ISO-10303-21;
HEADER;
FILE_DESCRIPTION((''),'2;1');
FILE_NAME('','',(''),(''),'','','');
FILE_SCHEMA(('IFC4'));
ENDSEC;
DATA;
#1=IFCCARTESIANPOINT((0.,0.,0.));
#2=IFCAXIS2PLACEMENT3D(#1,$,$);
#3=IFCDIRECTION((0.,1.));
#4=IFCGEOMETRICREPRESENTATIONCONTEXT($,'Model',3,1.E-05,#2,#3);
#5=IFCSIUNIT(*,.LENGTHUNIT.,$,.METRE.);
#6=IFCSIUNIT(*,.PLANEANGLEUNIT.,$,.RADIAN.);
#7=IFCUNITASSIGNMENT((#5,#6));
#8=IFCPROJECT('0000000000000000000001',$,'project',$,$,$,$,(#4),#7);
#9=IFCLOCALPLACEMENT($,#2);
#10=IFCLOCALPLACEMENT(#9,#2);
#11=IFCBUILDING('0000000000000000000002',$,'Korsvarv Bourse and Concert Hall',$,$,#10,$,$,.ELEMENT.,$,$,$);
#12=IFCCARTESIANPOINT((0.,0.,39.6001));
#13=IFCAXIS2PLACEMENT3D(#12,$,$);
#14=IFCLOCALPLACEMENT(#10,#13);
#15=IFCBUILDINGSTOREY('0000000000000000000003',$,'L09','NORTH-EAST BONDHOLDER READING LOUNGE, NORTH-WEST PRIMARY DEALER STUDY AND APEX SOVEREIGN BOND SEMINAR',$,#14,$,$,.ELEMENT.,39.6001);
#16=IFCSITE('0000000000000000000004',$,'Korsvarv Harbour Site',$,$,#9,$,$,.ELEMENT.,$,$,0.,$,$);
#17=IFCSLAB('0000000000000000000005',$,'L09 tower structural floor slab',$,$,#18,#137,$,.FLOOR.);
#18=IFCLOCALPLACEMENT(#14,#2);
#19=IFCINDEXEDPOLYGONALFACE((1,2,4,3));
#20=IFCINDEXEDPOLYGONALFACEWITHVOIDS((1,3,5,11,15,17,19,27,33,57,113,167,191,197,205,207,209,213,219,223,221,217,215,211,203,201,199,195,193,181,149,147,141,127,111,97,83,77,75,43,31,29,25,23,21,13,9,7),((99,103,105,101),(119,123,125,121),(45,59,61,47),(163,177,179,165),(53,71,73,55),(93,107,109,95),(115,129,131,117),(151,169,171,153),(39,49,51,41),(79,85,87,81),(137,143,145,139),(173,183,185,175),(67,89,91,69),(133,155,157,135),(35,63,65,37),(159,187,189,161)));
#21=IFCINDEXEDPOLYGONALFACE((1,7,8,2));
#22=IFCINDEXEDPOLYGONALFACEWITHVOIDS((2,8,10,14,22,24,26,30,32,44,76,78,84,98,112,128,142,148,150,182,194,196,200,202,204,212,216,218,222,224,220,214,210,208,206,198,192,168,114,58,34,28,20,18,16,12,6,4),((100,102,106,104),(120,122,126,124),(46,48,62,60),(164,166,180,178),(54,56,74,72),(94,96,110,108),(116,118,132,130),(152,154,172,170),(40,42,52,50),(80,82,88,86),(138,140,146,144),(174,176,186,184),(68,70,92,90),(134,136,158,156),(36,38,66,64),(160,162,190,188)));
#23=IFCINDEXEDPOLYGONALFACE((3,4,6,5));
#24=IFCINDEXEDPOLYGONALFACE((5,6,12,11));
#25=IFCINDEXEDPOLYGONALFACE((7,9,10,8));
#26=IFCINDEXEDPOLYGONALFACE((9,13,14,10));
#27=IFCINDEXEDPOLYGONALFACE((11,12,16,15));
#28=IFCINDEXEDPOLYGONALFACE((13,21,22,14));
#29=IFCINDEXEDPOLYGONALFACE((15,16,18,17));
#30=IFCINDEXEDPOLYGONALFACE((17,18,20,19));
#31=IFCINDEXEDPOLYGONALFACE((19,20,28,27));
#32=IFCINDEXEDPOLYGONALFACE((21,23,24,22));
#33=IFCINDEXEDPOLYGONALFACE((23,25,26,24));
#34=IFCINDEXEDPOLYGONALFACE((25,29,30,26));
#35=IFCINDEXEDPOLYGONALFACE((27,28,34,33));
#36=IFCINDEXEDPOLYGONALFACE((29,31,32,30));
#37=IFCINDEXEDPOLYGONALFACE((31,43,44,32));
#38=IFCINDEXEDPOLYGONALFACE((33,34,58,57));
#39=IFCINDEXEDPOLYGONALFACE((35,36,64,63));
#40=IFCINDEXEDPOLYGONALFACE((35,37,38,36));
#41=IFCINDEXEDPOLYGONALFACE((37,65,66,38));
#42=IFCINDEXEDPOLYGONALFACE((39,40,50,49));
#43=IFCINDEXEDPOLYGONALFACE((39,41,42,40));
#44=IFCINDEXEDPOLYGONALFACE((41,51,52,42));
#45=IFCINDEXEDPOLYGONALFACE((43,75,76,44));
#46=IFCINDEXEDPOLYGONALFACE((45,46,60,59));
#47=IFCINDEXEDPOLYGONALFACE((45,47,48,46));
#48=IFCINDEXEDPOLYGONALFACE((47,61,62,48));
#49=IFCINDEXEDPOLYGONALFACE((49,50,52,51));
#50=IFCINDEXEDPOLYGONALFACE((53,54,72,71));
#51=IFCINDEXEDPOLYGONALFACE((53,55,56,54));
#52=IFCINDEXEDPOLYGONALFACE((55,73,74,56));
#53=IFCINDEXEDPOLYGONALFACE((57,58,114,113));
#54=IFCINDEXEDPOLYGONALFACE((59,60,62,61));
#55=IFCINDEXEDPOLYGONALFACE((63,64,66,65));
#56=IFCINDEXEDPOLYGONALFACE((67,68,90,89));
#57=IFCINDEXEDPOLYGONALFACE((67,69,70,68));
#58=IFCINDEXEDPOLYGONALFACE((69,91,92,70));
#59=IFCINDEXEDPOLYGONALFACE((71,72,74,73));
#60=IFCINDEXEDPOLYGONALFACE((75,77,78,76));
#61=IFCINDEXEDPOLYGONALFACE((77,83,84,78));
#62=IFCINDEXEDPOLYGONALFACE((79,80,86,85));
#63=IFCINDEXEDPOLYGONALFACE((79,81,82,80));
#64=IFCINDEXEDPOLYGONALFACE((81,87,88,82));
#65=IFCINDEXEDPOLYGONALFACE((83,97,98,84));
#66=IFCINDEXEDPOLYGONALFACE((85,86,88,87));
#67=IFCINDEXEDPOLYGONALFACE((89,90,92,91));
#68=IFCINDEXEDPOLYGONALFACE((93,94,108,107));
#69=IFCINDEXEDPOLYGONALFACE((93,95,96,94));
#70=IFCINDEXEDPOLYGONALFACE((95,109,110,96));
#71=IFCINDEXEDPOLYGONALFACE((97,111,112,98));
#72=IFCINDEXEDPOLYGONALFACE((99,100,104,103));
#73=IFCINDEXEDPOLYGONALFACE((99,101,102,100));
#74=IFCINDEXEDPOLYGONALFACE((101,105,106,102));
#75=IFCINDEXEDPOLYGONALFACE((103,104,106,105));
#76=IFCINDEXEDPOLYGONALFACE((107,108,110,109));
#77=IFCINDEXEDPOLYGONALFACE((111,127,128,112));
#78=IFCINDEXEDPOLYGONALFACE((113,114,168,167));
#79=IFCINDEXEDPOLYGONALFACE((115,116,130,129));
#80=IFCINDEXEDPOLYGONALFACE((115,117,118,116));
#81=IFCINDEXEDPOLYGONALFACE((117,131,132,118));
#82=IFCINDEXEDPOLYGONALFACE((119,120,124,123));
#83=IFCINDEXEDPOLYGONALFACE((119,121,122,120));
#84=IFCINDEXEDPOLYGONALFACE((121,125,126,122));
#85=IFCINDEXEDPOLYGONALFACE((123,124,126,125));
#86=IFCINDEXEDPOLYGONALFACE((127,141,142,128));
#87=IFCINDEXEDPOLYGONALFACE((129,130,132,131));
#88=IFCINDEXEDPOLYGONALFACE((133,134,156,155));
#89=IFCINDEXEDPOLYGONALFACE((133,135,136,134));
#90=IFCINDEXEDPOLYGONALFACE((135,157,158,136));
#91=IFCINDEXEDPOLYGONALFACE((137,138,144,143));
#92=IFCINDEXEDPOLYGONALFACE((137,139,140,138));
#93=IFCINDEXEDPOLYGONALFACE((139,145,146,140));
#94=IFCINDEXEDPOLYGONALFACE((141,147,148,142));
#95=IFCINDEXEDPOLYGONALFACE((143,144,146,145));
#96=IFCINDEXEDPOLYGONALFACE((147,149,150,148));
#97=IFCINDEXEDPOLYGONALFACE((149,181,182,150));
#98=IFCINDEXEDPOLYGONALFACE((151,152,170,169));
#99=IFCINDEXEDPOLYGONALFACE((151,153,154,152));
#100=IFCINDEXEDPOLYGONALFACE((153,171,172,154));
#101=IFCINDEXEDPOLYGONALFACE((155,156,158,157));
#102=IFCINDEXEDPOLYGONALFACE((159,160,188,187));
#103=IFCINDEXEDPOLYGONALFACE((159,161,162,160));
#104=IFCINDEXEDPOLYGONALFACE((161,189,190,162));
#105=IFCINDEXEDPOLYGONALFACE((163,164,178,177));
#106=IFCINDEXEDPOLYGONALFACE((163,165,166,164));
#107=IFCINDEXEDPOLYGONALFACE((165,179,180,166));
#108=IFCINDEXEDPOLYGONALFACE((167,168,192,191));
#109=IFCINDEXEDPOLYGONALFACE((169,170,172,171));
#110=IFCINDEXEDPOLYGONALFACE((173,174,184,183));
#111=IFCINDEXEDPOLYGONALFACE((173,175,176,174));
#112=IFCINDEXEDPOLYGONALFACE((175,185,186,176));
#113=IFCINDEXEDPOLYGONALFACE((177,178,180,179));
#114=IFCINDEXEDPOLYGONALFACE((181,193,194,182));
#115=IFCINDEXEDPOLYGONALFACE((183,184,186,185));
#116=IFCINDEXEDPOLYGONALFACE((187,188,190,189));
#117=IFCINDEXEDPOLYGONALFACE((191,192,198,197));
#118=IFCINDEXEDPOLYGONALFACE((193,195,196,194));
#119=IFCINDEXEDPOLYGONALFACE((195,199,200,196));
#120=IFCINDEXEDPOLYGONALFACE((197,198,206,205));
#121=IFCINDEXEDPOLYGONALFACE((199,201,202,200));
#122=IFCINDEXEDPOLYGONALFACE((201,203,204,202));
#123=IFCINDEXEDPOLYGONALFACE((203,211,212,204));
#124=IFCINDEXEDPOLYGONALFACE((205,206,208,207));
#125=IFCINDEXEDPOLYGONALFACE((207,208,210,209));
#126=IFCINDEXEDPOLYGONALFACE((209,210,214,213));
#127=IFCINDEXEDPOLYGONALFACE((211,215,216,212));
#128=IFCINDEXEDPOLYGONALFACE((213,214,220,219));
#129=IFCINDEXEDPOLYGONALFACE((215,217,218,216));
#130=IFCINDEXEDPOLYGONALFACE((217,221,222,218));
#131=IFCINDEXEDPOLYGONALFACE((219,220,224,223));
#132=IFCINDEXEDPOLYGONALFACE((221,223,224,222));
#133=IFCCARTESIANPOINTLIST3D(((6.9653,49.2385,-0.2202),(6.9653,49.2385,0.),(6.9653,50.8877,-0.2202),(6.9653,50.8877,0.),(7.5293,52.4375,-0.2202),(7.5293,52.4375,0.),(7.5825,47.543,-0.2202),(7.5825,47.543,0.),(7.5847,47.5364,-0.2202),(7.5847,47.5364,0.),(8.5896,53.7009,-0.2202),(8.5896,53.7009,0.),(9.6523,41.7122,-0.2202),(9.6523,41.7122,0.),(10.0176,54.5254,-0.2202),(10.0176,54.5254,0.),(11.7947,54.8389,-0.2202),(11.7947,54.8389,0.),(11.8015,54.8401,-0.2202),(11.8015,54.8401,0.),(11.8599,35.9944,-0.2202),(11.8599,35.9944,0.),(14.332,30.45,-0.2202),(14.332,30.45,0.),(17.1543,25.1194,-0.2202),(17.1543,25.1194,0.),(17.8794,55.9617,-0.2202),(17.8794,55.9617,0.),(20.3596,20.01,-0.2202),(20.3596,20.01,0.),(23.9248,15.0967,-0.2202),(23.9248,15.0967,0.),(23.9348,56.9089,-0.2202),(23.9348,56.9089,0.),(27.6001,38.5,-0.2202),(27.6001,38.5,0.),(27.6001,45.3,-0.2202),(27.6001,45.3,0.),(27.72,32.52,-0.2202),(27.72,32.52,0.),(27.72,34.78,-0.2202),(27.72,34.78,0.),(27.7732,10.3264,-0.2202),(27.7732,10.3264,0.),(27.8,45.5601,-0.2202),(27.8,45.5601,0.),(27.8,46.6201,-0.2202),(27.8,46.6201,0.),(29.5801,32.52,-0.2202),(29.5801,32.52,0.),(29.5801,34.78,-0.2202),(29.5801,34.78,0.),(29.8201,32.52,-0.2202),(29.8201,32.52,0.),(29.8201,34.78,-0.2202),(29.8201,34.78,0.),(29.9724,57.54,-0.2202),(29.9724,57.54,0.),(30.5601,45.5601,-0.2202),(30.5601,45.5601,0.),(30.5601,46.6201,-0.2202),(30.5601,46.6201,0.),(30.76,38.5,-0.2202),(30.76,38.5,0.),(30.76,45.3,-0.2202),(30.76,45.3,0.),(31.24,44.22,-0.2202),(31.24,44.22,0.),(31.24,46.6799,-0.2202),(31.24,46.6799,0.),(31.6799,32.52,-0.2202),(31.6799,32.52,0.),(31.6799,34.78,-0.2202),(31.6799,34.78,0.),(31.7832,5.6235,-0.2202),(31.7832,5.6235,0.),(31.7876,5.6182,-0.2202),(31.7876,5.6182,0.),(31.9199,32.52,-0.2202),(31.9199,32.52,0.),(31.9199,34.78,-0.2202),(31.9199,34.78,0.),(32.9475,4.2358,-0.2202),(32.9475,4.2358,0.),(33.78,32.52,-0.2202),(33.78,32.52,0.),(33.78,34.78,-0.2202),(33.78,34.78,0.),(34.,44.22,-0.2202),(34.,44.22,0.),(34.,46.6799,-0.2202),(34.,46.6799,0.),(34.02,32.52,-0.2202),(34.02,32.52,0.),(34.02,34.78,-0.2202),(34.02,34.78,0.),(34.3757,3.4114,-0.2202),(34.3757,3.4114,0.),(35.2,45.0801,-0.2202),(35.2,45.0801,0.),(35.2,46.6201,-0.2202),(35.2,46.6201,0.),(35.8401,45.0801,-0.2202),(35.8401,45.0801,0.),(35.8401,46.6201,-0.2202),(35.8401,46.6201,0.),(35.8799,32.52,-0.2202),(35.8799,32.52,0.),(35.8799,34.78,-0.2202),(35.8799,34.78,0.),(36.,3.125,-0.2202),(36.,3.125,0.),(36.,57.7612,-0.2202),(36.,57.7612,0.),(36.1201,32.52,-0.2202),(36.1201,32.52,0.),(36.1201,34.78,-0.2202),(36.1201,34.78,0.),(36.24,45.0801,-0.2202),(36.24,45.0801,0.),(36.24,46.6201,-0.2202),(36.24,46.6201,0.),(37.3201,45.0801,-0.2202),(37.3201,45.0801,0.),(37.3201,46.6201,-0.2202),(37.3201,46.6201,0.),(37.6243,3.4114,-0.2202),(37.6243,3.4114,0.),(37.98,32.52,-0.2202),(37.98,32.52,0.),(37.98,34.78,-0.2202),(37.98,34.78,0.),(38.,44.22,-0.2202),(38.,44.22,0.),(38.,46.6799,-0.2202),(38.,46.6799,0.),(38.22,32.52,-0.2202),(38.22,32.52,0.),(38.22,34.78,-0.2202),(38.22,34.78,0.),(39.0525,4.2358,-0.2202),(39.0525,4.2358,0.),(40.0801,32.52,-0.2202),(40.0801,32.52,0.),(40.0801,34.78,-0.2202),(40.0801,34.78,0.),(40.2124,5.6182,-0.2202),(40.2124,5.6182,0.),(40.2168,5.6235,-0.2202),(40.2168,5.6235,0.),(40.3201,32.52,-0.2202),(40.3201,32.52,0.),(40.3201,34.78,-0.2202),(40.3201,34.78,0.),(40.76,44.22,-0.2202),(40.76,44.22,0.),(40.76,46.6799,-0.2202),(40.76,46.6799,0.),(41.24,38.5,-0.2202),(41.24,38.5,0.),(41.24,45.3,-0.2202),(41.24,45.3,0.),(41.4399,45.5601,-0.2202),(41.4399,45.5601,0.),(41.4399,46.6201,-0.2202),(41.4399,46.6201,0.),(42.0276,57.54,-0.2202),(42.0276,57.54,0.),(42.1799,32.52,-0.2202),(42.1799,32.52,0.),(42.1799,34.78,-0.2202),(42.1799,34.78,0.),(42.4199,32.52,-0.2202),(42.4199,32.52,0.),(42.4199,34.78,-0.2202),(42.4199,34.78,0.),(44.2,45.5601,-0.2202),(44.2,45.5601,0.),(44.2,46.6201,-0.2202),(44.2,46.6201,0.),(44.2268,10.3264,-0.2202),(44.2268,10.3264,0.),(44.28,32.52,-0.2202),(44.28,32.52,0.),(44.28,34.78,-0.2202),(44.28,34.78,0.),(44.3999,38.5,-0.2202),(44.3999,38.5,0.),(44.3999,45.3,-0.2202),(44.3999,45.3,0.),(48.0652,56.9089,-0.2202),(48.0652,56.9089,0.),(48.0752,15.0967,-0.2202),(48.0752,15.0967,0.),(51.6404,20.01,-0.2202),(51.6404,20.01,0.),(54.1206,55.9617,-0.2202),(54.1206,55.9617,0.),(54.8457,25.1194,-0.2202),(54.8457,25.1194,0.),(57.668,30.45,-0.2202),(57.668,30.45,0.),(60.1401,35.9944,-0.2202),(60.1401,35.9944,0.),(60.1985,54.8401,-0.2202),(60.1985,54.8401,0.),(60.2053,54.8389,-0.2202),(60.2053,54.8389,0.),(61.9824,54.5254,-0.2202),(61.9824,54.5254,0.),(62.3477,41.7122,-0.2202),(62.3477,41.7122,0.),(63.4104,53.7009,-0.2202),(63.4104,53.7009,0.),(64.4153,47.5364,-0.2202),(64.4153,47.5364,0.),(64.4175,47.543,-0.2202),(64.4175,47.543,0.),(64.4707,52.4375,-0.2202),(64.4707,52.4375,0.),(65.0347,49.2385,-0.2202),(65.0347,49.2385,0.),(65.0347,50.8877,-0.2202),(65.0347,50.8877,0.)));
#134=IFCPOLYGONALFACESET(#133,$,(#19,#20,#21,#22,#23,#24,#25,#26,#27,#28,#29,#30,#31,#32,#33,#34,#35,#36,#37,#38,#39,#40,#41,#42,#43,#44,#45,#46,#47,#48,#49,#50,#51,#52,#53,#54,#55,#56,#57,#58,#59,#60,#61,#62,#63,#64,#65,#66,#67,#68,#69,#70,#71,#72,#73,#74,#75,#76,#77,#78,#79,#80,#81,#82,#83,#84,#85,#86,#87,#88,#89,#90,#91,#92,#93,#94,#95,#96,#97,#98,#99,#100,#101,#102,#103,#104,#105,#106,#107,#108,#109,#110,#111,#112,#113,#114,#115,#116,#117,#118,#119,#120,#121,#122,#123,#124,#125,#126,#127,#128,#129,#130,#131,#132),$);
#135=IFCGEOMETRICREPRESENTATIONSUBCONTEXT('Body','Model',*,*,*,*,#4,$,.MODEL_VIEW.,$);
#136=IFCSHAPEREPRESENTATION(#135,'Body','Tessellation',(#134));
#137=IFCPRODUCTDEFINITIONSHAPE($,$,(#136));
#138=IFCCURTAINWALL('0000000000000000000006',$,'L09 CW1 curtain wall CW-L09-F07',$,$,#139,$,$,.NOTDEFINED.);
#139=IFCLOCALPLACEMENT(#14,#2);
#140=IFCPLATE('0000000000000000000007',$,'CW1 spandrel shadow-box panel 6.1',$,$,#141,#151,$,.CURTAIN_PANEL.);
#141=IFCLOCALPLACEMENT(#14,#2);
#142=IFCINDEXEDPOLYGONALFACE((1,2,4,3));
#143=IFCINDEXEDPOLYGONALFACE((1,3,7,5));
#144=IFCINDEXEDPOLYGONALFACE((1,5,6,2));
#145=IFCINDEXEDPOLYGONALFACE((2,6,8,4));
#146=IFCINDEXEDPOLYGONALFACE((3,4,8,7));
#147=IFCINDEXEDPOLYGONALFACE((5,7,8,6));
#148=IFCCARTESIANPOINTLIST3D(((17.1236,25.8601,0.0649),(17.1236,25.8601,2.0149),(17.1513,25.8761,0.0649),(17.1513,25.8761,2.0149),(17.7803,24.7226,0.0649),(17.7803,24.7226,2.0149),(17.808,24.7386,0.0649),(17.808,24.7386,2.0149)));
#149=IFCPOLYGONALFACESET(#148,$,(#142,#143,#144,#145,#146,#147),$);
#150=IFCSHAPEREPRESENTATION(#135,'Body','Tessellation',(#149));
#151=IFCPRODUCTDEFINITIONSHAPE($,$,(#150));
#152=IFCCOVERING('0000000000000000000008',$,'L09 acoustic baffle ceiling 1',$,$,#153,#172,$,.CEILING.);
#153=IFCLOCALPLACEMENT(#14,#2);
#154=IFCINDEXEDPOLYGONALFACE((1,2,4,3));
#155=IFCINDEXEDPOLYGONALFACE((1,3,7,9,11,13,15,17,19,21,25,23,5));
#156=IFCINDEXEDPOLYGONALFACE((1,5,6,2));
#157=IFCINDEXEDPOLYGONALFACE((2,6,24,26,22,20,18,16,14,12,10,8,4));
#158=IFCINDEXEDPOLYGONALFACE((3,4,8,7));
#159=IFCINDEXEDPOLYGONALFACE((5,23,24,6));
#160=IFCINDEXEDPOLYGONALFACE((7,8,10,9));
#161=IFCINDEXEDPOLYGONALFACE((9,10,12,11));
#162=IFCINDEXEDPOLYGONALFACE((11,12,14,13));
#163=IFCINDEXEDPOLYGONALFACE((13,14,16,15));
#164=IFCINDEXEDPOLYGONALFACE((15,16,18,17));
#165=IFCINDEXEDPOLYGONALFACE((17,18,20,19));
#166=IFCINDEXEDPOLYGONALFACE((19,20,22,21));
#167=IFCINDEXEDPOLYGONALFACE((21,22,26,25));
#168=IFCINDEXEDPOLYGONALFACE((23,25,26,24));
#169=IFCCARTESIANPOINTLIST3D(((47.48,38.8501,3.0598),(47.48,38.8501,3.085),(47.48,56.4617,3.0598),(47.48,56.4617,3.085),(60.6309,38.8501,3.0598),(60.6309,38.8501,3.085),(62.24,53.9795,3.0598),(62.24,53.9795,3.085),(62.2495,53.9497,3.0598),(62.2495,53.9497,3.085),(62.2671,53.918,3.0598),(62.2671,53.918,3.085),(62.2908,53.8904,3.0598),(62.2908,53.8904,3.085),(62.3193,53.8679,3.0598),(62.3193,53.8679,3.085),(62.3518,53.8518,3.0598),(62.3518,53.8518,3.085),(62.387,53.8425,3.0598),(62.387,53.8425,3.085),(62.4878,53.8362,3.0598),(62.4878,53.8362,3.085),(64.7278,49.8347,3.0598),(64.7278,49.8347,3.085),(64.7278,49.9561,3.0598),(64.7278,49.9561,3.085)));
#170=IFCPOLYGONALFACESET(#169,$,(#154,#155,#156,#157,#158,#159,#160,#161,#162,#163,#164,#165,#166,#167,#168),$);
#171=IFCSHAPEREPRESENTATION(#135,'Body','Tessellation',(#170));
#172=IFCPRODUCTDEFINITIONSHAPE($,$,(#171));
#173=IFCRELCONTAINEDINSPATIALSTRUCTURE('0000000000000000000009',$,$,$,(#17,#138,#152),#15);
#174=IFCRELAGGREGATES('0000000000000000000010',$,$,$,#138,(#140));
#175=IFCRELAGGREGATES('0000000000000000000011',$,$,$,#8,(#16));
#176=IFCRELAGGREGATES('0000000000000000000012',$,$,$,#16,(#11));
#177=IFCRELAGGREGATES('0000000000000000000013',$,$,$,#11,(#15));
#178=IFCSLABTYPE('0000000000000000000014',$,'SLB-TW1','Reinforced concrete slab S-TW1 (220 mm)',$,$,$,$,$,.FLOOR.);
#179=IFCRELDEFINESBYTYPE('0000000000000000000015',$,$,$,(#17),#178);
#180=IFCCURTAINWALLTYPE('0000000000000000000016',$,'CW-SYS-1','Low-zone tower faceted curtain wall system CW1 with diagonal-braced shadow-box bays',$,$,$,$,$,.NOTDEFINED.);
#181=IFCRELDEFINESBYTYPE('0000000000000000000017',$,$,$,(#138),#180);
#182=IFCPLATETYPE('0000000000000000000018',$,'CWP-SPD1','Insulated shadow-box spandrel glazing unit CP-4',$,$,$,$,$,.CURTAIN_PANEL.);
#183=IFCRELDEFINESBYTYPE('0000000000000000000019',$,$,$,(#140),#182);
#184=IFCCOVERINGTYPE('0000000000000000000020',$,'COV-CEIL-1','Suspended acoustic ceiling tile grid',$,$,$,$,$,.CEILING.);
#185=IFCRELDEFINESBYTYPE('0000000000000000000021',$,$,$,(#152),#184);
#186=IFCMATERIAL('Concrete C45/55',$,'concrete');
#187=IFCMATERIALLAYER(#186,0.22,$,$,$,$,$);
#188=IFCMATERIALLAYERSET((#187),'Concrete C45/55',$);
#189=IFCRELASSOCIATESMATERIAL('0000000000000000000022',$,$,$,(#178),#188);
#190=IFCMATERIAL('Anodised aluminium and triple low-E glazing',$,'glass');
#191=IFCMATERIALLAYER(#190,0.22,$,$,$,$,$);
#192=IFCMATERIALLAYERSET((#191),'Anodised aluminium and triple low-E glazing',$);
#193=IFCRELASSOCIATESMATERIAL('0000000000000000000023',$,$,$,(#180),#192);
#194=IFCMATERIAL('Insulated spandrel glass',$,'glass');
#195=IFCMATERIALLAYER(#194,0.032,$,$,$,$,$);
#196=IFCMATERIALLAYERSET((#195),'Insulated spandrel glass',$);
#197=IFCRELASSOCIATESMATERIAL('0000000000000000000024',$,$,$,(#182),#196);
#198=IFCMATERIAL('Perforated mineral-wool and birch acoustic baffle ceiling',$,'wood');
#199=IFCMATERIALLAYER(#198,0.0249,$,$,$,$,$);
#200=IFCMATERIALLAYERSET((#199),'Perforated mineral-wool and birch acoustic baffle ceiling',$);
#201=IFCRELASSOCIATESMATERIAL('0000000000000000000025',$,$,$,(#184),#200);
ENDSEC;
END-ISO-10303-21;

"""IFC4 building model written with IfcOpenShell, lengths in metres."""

from ifc_helpers import new_model, si_unit, direction, frame, origin, origin_2d, place, context, subcontext, project, spatial, polyline, rectangle, outline, extrude, source, transform, mapped, material, layer, layer_set, type_object, element, aggregate, save


model = new_model("IFC4")

# Units and contexts
model_context = context("Model", 3, precision=1e-05, world=origin(), true_north=direction((0.0, 1.0)))
body_context = subcontext(model_context, "Body", "Model", "MODEL_VIEW")
ifc_project = project(units=[si_unit("LENGTHUNIT", "METRE"), si_unit("PLANEANGLEUNIT", "RADIAN")], contexts=[model_context])

# Site, building, storey
site_placement = place(None, origin())
site = spatial("IfcSite", under=ifc_project, at=site_placement, Name="Korsvarv Harbour Site", CompositionType="ELEMENT", RefElevation=0.0)
building_placement = place(site_placement, origin())
building = spatial("IfcBuilding", under=site, at=building_placement, Name="Korsvarv Bourse and Concert Hall", CompositionType="ELEMENT")
storey_placement = place(building_placement, frame((0.0, 0.0, 39.6001)))
storey = spatial("IfcBuildingStorey", under=building, at=storey_placement, Name="L09", Description="NORTH-EAST BONDHOLDER READING LOUNGE, NORTH-WEST PRIMARY DEALER STUDY AND APEX SOVEREIGN BOND SEMINAR", CompositionType="ELEMENT", Elevation=39.6001)

# Slab
ifc_material_1 = material(Name="Concrete C45/55", Category="concrete")
ifc_layer_1 = layer(ifc_material_1, 0.22)
ifc_layer_set_1 = layer_set([ifc_layer_1], Name="Concrete C45/55")
slab_type_1 = type_object("IfcSlabType", Name="SLB-TW1", Description="Reinforced concrete slab S-TW1 (220 mm)", PredefinedType="FLOOR", material=ifc_layer_set_1)
slab_1_placement = place(storey_placement, frame((0.0, 0.0, -0.2202)))
element("IfcSlab", 1, at=slab_1_placement, inside=storey, type_object=slab_type_1, Name="L09 tower structural floor slab", PredefinedType="FLOOR", context=body_context, shape_type="SweptSolid", body=[
    extrude(outline(polyline([(64.4153, 47.5364), (62.3477, 41.7122), (60.1401, 35.9944), (57.668, 30.45), (54.8457, 25.1194), (51.6404, 20.01), (48.0752, 15.0967), (44.2268, 10.3264), (40.2168, 5.6235), (40.2124, 5.6182), (39.0525, 4.2358), (37.6243, 3.4114), (36.0, 3.125), (34.3757, 3.4114), (32.9475, 4.2358), (31.7876, 5.6182), (31.7832, 5.6235), (27.7732, 10.3264), (23.9248, 15.0967), (20.3596, 20.01), (17.1543, 25.1194), (14.332, 30.45), (11.8599, 35.9944), (9.6523, 41.7122), (7.5847, 47.5364), (7.5825, 47.543), (6.9653, 49.2385), (6.9653, 50.8877), (7.5293, 52.4375), (8.5896, 53.7009), (10.0176, 54.5254), (11.7947, 54.8389), (11.8015, 54.8401), (17.8794, 55.9617), (23.9348, 56.9089), (29.9724, 57.54), (36.0, 57.7612), (42.0276, 57.54), (48.0652, 56.9089), (54.1206, 55.9617), (60.1985, 54.8401), (60.2053, 54.8389), (61.9824, 54.5254), (63.4104, 53.7009), (64.4707, 52.4375), (65.0347, 50.8877), (65.0347, 49.2385), (64.4175, 47.543), (64.4153, 47.5364)]), holes=[polyline([(30.76, 38.5), (30.76, 45.3), (27.6001, 45.3), (27.6001, 38.5), (30.76, 38.5)]), polyline([(44.3999, 38.5), (44.3999, 45.3), (41.24, 45.3), (41.24, 38.5), (44.3999, 38.5)]), polyline([(31.24, 44.22), (34.0, 44.22), (34.0, 46.6799), (31.24, 46.6799), (31.24, 44.22)]), polyline([(38.0, 44.22), (40.76, 44.22), (40.76, 46.6799), (38.0, 46.6799), (38.0, 44.22)]), polyline([(27.72, 32.52), (29.5801, 32.52), (29.5801, 34.78), (27.72, 34.78), (27.72, 32.52)]), polyline([(29.8201, 32.52), (31.6799, 32.52), (31.6799, 34.78), (29.8201, 34.78), (29.8201, 32.52)]), polyline([(31.9199, 32.52), (33.78, 32.52), (33.78, 34.78), (31.9199, 34.78), (31.9199, 32.52)]), polyline([(34.02, 32.52), (35.8799, 32.52), (35.8799, 34.78), (34.02, 34.78), (34.02, 32.52)]), polyline([(36.1201, 32.52), (37.98, 32.52), (37.98, 34.78), (36.1201, 34.78), (36.1201, 32.52)]), polyline([(38.22, 32.52), (40.0801, 32.52), (40.0801, 34.78), (38.22, 34.78), (38.22, 32.52)]), polyline([(40.3201, 32.52), (42.1799, 32.52), (42.1799, 34.78), (40.3201, 34.78), (40.3201, 32.52)]), polyline([(42.4199, 32.52), (44.28, 32.52), (44.28, 34.78), (42.4199, 34.78), (42.4199, 32.52)]), polyline([(27.8, 45.5601), (30.5601, 45.5601), (30.5601, 46.6201), (27.8, 46.6201), (27.8, 45.5601)]), polyline([(41.4399, 45.5601), (44.2, 45.5601), (44.2, 46.6201), (41.4399, 46.6201), (41.4399, 45.5601)]), polyline([(35.2, 45.0801), (35.8401, 45.0801), (35.8401, 46.6201), (35.2, 46.6201), (35.2, 45.0801)]), polyline([(36.24, 45.0801), (37.3201, 45.0801), (37.3201, 46.6201), (36.24, 46.6201), (36.24, 45.0801)])]), origin(), (0.0, 0.0, 1.0), 0.2202),
])

# Curtain wall, plate
ifc_material_2 = material(Name="Anodised aluminium and triple low-E glazing", Category="glass")
ifc_layer_2 = layer(ifc_material_2, 0.22)
ifc_layer_set_2 = layer_set([ifc_layer_2], Name="Anodised aluminium and triple low-E glazing")
curtain_wall_type = type_object("IfcCurtainWallType", Name="CW-SYS-1", Description="Low-zone tower faceted curtain wall system CW1 with diagonal-braced shadow-box bays", PredefinedType="NOTDEFINED", material=ifc_layer_set_2)
curtain_wall_placement = place(storey_placement, origin())
curtain_wall = element("IfcCurtainWall", 2, at=curtain_wall_placement, inside=storey, type_object=curtain_wall_type, Name="L09 CW1 curtain wall CW-L09-F07", PredefinedType="NOTDEFINED")
ifc_material_3 = material(Name="Insulated spandrel glass", Category="glass")
ifc_layer_3 = layer(ifc_material_3, 0.032)
ifc_layer_set_3 = layer_set([ifc_layer_3], Name="Insulated spandrel glass")
plate_type = type_object("IfcPlateType", Name="CWP-SPD1", Description="Insulated shadow-box spandrel glazing unit CP-4", PredefinedType="CURTAIN_PANEL", material=ifc_layer_set_3)
shared_shape = source(origin(), body_context, "Body", "SweptSolid", [
    extrude(rectangle(XDim=1.3135, YDim=0.032, at=origin_2d()), origin(), (0.0, 0.0, 1.0), 1.95),
])
plate_placement = place(storey_placement, frame((17.4658, 25.2993, 0.0649), z_axis=(0.0, 0.0, 1.0), x_axis=(0.5, -0.866026, 0.0)))
plate = element("IfcPlate", 3, at=plate_placement, type_object=plate_type, Name="CW1 spandrel shadow-box panel 6.1", PredefinedType="CURTAIN_PANEL", context=body_context, shape_type="MappedRepresentation", body=[
    mapped(shared_shape, transform((0.0, 0.0, 0.0), scale=1.0)),
])
aggregate(curtain_wall, [plate])

# Covering
ifc_material_4 = material(Name="Perforated mineral-wool and birch acoustic baffle ceiling", Category="wood")
ifc_layer_4 = layer(ifc_material_4, 0.0249)
ifc_layer_set_4 = layer_set([ifc_layer_4], Name="Perforated mineral-wool and birch acoustic baffle ceiling")
covering_type_1 = type_object("IfcCoveringType", Name="COV-CEIL-1", Description="Suspended acoustic ceiling tile grid", PredefinedType="CEILING", material=ifc_layer_set_4)
covering_1_placement = place(storey_placement, frame((0.0, 0.0, 3.0598)))
element("IfcCovering", 4, at=covering_1_placement, inside=storey, type_object=covering_type_1, Name="L09 acoustic baffle ceiling 1", PredefinedType="CEILING", context=body_context, shape_type="SweptSolid", body=[
    extrude(outline(polyline([(47.48, 56.4617), (62.24, 53.9795), (62.2495, 53.9497), (62.2671, 53.918), (62.2908, 53.8904), (62.3193, 53.8679), (62.3518, 53.8518), (62.387, 53.8425), (62.4878, 53.8362), (64.7278, 49.9561), (64.7278, 49.8347), (60.6309, 38.8501), (47.48, 38.8501), (47.48, 56.4617)])), origin(), (0.0, 0.0, 1.0), 0.0251),
])

save(model, "model.ifc")
